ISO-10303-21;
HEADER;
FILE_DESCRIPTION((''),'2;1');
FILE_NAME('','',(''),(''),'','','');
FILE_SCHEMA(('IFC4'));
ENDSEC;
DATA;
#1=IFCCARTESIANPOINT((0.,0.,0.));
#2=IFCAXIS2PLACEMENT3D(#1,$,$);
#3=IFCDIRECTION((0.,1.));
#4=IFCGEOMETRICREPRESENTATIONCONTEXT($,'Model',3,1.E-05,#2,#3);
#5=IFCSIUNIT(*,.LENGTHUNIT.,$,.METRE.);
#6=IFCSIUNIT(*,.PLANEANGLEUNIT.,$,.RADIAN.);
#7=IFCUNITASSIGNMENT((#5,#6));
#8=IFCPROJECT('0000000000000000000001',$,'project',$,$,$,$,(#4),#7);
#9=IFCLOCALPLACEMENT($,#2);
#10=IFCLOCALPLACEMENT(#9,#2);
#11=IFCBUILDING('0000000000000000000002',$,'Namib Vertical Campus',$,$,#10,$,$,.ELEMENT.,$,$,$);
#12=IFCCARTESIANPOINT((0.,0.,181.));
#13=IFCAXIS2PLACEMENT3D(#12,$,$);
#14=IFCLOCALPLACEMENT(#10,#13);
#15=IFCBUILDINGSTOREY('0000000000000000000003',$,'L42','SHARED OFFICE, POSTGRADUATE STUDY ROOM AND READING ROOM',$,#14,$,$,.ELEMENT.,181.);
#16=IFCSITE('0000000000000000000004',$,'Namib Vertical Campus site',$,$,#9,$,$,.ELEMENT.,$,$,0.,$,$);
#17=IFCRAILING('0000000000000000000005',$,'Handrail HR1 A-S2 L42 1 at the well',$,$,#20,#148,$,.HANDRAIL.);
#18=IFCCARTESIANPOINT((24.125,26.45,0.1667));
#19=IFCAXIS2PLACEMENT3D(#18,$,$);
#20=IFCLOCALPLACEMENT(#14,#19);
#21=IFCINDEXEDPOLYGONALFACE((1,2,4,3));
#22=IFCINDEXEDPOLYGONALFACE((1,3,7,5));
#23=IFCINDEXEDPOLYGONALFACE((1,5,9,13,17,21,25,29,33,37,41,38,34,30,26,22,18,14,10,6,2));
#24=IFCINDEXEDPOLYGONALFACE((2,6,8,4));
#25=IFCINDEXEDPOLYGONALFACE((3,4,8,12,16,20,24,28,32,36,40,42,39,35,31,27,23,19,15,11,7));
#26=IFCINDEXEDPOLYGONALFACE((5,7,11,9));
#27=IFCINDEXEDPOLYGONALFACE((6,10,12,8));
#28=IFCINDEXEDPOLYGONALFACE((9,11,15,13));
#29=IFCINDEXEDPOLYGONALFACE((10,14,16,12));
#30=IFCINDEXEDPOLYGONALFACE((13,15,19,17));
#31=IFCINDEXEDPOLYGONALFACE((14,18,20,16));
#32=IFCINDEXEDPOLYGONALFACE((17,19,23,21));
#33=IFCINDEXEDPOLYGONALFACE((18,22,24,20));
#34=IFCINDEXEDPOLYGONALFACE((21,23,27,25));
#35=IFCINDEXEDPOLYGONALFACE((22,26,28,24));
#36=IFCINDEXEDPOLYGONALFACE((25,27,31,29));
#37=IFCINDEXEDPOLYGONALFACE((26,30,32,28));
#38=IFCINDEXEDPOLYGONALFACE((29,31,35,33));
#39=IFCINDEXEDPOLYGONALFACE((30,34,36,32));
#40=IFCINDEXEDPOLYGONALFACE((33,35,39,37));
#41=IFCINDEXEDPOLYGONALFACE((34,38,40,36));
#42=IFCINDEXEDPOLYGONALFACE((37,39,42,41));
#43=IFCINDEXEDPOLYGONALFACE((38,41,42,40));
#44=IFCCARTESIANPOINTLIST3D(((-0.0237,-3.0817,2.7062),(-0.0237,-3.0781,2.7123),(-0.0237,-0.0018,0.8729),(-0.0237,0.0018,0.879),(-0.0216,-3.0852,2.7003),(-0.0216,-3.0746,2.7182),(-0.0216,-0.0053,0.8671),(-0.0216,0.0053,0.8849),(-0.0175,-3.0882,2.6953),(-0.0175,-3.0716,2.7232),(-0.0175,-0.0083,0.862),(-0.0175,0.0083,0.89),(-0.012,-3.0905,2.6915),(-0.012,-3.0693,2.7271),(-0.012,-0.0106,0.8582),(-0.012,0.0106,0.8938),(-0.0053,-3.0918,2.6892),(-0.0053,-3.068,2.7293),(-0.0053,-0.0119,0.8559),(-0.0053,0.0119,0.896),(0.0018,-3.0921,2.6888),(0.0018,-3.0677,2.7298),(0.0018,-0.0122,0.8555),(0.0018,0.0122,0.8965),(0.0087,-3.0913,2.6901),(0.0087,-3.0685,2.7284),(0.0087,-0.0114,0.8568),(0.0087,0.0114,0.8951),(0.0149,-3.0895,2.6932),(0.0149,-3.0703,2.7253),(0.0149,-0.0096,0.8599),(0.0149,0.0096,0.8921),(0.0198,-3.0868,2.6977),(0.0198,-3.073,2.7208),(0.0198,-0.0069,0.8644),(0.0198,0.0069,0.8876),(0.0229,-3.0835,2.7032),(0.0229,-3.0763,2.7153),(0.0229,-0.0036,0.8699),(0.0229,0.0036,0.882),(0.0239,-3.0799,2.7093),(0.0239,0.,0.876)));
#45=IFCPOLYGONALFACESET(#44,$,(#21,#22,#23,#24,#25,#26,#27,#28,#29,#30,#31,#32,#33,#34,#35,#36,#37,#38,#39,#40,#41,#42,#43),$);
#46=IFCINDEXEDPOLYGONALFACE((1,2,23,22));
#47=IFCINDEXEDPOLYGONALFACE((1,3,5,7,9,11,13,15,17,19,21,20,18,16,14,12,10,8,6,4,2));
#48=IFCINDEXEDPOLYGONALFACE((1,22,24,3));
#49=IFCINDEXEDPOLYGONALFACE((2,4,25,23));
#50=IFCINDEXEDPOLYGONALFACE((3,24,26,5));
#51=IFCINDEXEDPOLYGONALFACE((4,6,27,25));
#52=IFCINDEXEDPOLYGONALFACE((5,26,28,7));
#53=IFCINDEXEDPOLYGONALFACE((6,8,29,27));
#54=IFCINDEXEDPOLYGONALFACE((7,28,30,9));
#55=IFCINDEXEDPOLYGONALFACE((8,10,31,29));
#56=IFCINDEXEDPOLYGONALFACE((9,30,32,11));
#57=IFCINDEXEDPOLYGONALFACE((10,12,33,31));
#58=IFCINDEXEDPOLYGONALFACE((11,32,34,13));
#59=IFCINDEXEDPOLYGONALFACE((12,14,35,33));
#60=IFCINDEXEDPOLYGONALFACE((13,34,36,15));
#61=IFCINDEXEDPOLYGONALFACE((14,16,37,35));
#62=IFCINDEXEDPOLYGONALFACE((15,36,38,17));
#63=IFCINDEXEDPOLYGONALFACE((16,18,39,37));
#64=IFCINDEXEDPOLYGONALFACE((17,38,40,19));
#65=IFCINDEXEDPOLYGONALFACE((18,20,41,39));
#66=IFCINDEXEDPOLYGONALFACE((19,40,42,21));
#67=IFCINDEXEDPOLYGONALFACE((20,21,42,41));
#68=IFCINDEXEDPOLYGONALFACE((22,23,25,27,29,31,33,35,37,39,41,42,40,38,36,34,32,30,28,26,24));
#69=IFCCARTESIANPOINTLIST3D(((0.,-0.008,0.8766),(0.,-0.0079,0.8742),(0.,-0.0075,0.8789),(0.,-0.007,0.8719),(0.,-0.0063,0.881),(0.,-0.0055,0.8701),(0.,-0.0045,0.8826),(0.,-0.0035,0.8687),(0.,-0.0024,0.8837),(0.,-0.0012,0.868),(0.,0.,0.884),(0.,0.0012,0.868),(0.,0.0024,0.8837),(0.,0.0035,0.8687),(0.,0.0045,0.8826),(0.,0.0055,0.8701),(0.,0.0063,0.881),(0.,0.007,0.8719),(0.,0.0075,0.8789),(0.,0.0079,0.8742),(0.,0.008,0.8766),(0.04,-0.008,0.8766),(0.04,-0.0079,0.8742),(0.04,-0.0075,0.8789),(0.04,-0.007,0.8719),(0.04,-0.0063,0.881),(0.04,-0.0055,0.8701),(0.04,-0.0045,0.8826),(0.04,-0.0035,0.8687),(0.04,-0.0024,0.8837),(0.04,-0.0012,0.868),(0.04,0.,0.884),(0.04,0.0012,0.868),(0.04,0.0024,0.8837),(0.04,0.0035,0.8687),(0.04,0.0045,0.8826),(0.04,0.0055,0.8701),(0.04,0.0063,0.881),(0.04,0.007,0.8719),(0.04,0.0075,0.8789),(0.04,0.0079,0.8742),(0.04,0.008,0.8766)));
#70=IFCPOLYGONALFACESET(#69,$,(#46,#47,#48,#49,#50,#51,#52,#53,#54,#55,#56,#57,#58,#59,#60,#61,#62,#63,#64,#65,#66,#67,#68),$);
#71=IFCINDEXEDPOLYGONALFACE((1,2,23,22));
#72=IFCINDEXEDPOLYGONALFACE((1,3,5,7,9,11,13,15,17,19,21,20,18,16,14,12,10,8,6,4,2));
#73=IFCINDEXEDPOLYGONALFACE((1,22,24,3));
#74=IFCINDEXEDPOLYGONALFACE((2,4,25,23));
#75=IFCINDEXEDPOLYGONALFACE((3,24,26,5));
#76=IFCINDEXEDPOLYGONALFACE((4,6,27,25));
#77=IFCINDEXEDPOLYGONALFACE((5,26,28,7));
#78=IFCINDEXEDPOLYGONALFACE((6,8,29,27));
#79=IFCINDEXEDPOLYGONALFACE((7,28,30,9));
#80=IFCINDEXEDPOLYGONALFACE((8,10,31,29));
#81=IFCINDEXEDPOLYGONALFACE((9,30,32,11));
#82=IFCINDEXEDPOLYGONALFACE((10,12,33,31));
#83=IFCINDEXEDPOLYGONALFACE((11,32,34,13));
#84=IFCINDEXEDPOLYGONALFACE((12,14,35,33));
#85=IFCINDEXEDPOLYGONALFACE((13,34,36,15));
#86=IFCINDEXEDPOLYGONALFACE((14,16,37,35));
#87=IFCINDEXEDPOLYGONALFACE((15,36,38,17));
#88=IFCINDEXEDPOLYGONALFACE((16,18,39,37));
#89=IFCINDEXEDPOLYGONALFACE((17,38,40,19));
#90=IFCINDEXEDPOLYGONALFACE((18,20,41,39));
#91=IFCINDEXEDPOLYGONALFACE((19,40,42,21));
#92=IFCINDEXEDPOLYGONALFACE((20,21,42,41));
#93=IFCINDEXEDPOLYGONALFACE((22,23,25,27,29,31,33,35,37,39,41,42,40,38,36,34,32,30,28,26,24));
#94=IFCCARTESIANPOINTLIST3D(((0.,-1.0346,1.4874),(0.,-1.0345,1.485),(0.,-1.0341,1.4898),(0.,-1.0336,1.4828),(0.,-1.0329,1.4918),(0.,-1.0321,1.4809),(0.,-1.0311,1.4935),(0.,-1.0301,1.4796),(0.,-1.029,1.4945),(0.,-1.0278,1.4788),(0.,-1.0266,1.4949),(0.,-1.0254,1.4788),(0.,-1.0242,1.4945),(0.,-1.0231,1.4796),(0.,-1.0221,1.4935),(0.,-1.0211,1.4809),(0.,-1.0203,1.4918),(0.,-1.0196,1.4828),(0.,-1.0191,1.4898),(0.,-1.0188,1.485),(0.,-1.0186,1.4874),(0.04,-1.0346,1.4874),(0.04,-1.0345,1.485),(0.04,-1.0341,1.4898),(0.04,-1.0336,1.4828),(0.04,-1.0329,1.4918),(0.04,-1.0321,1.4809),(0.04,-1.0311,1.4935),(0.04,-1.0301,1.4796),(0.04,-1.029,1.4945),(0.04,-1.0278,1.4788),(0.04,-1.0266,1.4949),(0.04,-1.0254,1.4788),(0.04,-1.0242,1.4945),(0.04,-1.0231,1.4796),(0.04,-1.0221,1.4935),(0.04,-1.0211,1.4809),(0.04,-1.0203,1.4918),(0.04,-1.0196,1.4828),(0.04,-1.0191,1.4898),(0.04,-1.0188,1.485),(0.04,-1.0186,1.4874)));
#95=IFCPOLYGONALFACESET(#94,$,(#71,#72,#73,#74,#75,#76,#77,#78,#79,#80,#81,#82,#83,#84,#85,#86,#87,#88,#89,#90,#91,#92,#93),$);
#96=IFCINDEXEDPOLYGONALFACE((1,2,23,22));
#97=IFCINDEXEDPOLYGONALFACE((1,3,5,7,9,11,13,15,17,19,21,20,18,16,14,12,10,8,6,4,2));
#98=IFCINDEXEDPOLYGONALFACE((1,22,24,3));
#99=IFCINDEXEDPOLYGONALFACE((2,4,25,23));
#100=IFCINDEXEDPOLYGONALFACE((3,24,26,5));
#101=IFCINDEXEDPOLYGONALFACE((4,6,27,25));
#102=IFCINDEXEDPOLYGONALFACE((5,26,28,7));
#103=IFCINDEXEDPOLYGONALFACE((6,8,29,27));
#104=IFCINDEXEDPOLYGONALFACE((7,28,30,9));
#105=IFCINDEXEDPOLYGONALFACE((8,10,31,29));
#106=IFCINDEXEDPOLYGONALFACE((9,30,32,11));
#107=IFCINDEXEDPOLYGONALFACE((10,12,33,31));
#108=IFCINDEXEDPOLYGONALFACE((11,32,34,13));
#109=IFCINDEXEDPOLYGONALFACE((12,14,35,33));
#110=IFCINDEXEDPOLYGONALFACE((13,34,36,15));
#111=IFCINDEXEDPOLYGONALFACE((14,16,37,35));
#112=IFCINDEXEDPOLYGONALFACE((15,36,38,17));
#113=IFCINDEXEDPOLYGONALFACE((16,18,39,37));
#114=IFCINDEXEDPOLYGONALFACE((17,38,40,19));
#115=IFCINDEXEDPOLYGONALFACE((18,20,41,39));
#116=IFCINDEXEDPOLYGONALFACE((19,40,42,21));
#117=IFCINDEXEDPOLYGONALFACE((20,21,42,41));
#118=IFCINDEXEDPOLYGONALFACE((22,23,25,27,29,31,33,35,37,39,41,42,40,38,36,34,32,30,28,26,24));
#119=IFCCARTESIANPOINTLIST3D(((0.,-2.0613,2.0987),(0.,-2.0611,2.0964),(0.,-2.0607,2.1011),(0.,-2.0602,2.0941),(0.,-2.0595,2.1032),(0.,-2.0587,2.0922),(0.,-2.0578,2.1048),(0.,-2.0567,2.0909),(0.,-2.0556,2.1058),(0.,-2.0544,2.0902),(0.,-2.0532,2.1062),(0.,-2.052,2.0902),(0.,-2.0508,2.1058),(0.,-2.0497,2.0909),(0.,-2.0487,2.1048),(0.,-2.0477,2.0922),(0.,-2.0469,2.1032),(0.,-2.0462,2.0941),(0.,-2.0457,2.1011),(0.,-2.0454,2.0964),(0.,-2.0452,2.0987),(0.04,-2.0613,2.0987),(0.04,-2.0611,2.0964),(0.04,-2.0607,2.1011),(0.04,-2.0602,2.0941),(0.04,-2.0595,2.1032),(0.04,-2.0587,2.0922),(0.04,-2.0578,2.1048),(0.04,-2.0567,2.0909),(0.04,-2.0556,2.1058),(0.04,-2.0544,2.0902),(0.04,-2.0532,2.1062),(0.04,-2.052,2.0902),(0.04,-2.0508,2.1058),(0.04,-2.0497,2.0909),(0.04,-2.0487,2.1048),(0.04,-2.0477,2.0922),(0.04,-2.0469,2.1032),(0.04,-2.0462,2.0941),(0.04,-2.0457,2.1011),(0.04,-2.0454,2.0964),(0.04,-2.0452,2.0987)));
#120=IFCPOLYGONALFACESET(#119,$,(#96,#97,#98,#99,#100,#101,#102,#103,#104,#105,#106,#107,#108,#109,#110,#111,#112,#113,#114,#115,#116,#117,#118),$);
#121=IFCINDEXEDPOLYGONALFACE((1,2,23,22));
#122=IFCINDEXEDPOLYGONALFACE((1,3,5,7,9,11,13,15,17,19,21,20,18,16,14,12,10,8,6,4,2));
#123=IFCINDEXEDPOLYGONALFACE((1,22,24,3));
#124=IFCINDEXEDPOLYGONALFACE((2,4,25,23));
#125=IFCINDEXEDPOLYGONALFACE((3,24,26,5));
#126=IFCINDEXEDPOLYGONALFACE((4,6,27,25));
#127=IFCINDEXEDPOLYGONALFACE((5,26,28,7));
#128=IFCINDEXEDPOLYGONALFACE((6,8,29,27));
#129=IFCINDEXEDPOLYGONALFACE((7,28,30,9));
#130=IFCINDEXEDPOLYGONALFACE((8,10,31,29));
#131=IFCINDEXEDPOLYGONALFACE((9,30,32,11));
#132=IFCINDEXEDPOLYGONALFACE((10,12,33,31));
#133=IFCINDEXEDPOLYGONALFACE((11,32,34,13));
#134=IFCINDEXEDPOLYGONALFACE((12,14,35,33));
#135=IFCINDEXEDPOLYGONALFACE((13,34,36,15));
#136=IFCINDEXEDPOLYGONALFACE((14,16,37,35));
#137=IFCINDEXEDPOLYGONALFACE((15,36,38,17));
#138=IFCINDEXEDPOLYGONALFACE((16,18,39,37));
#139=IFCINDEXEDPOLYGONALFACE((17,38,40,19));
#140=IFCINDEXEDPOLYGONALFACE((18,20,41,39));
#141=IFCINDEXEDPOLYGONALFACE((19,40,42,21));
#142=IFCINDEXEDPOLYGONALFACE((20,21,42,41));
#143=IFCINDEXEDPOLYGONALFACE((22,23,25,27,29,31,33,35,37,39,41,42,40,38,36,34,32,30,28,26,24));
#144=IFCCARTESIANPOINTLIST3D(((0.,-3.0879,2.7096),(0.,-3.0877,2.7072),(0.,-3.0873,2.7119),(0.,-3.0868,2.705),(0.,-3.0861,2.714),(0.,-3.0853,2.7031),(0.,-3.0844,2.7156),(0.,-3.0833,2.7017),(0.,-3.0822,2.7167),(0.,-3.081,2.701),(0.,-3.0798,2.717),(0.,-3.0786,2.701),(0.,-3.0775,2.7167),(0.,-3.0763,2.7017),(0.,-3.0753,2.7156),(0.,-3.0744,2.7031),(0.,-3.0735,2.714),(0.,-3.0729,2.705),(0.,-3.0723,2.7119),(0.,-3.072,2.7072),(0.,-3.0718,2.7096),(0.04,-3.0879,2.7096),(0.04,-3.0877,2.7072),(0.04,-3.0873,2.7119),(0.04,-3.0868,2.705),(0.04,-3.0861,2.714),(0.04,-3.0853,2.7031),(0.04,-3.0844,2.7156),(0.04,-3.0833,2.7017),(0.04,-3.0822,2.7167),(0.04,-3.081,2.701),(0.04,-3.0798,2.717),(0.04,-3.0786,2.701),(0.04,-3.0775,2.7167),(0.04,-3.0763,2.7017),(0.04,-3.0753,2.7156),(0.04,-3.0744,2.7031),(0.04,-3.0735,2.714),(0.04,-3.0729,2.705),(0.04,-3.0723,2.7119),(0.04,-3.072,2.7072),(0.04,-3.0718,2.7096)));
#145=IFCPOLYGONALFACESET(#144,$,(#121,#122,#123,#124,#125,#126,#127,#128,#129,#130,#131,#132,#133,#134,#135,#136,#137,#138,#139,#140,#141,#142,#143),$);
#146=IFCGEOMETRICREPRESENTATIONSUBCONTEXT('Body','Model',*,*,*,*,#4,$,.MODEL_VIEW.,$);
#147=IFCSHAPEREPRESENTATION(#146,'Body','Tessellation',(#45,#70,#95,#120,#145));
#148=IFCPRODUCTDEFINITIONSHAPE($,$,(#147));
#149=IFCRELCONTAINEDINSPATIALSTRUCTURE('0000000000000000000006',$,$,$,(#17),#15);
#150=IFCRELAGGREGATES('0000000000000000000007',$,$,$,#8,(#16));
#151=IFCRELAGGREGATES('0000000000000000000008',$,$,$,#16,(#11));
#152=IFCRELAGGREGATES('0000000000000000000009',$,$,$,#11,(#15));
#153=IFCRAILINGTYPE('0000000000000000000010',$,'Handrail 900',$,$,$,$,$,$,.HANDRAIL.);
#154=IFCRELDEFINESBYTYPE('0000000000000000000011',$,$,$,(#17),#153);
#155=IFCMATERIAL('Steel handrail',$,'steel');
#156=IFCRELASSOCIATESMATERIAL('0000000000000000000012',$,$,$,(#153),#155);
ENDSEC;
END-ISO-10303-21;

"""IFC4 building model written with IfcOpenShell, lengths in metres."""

from ifc_helpers import new_model, si_unit, direction, frame, origin, origin_2d, place, context, subcontext, project, spatial, circle, extrude, material, type_object, element, save


model = new_model("IFC4")

# Units and contexts
model_context = context("Model", 3, precision=1e-05, world=origin(), true_north=direction((0.0, 1.0)))
body_context = subcontext(model_context, "Body", "Model", "MODEL_VIEW")
ifc_project = project(units=[si_unit("LENGTHUNIT", "METRE"), si_unit("PLANEANGLEUNIT", "RADIAN")], contexts=[model_context])

# Site, building, storey
site_placement = place(None, origin())
site = spatial("IfcSite", under=ifc_project, at=site_placement, Name="Namib Vertical Campus site", CompositionType="ELEMENT", RefElevation=0.0)
building_placement = place(site_placement, origin())
building = spatial("IfcBuilding", under=site, at=building_placement, Name="Namib Vertical Campus", CompositionType="ELEMENT")
storey_placement = place(building_placement, frame((0.0, 0.0, 181.0)))
storey = spatial("IfcBuildingStorey", under=building, at=storey_placement, Name="L42", Description="SHARED OFFICE, POSTGRADUATE STUDY ROOM AND READING ROOM", CompositionType="ELEMENT", Elevation=181.0)

# Railing
ifc_material_1 = material(Name="Steel handrail", Category="steel")
railing_type_1 = type_object("IfcRailingType", Name="Handrail 900", PredefinedType="HANDRAIL", material=ifc_material_1)
railing_1_placement = place(storey_placement, frame((24.125, 26.45, 0.1667)))
element("IfcRailing", 1, at=railing_1_placement, inside=storey, type_object=railing_type_1, Name="Handrail HR1 A-S2 L42 1 at the well", PredefinedType="HANDRAIL", context=body_context, shape_type="SweptSolid", body=[
    extrude(circle(Radius=0.0239, at=origin_2d()), frame((0.0, 0.0, 0.876), z_axis=(0.0, -0.859291, 0.511487), x_axis=(1.0, 0.0, 0.0)), (0.0, 0.0, 1.0), 3.5842),
    extrude(circle(Radius=0.0081, at=origin_2d()), frame((0.0, 0.0, 0.876), z_axis=(1.0, 0.0, 0.0), x_axis=(0.0, 0.0, 1.0)), (0.0, 0.0, 1.0), 0.04),
    extrude(circle(Radius=0.0081, at=origin_2d()), frame((0.0, -1.0266, 1.4868), z_axis=(1.0, 0.0, 0.0), x_axis=(0.0, 0.0, 1.0)), (0.0, 0.0, 1.0), 0.04),
    extrude(circle(Radius=0.0081, at=origin_2d()), frame((0.0, -2.0532, 2.0981), z_axis=(1.0, 0.0, 0.0), x_axis=(0.0, 0.0, 1.0)), (0.0, 0.0, 1.0), 0.04),
    extrude(circle(Radius=0.0081, at=origin_2d()), frame((0.0, -3.0798, 2.709), z_axis=(1.0, 0.0, 0.0), x_axis=(0.0, 0.0, 1.0)), (0.0, 0.0, 1.0), 0.04),
])

save(model, "model.ifc")
